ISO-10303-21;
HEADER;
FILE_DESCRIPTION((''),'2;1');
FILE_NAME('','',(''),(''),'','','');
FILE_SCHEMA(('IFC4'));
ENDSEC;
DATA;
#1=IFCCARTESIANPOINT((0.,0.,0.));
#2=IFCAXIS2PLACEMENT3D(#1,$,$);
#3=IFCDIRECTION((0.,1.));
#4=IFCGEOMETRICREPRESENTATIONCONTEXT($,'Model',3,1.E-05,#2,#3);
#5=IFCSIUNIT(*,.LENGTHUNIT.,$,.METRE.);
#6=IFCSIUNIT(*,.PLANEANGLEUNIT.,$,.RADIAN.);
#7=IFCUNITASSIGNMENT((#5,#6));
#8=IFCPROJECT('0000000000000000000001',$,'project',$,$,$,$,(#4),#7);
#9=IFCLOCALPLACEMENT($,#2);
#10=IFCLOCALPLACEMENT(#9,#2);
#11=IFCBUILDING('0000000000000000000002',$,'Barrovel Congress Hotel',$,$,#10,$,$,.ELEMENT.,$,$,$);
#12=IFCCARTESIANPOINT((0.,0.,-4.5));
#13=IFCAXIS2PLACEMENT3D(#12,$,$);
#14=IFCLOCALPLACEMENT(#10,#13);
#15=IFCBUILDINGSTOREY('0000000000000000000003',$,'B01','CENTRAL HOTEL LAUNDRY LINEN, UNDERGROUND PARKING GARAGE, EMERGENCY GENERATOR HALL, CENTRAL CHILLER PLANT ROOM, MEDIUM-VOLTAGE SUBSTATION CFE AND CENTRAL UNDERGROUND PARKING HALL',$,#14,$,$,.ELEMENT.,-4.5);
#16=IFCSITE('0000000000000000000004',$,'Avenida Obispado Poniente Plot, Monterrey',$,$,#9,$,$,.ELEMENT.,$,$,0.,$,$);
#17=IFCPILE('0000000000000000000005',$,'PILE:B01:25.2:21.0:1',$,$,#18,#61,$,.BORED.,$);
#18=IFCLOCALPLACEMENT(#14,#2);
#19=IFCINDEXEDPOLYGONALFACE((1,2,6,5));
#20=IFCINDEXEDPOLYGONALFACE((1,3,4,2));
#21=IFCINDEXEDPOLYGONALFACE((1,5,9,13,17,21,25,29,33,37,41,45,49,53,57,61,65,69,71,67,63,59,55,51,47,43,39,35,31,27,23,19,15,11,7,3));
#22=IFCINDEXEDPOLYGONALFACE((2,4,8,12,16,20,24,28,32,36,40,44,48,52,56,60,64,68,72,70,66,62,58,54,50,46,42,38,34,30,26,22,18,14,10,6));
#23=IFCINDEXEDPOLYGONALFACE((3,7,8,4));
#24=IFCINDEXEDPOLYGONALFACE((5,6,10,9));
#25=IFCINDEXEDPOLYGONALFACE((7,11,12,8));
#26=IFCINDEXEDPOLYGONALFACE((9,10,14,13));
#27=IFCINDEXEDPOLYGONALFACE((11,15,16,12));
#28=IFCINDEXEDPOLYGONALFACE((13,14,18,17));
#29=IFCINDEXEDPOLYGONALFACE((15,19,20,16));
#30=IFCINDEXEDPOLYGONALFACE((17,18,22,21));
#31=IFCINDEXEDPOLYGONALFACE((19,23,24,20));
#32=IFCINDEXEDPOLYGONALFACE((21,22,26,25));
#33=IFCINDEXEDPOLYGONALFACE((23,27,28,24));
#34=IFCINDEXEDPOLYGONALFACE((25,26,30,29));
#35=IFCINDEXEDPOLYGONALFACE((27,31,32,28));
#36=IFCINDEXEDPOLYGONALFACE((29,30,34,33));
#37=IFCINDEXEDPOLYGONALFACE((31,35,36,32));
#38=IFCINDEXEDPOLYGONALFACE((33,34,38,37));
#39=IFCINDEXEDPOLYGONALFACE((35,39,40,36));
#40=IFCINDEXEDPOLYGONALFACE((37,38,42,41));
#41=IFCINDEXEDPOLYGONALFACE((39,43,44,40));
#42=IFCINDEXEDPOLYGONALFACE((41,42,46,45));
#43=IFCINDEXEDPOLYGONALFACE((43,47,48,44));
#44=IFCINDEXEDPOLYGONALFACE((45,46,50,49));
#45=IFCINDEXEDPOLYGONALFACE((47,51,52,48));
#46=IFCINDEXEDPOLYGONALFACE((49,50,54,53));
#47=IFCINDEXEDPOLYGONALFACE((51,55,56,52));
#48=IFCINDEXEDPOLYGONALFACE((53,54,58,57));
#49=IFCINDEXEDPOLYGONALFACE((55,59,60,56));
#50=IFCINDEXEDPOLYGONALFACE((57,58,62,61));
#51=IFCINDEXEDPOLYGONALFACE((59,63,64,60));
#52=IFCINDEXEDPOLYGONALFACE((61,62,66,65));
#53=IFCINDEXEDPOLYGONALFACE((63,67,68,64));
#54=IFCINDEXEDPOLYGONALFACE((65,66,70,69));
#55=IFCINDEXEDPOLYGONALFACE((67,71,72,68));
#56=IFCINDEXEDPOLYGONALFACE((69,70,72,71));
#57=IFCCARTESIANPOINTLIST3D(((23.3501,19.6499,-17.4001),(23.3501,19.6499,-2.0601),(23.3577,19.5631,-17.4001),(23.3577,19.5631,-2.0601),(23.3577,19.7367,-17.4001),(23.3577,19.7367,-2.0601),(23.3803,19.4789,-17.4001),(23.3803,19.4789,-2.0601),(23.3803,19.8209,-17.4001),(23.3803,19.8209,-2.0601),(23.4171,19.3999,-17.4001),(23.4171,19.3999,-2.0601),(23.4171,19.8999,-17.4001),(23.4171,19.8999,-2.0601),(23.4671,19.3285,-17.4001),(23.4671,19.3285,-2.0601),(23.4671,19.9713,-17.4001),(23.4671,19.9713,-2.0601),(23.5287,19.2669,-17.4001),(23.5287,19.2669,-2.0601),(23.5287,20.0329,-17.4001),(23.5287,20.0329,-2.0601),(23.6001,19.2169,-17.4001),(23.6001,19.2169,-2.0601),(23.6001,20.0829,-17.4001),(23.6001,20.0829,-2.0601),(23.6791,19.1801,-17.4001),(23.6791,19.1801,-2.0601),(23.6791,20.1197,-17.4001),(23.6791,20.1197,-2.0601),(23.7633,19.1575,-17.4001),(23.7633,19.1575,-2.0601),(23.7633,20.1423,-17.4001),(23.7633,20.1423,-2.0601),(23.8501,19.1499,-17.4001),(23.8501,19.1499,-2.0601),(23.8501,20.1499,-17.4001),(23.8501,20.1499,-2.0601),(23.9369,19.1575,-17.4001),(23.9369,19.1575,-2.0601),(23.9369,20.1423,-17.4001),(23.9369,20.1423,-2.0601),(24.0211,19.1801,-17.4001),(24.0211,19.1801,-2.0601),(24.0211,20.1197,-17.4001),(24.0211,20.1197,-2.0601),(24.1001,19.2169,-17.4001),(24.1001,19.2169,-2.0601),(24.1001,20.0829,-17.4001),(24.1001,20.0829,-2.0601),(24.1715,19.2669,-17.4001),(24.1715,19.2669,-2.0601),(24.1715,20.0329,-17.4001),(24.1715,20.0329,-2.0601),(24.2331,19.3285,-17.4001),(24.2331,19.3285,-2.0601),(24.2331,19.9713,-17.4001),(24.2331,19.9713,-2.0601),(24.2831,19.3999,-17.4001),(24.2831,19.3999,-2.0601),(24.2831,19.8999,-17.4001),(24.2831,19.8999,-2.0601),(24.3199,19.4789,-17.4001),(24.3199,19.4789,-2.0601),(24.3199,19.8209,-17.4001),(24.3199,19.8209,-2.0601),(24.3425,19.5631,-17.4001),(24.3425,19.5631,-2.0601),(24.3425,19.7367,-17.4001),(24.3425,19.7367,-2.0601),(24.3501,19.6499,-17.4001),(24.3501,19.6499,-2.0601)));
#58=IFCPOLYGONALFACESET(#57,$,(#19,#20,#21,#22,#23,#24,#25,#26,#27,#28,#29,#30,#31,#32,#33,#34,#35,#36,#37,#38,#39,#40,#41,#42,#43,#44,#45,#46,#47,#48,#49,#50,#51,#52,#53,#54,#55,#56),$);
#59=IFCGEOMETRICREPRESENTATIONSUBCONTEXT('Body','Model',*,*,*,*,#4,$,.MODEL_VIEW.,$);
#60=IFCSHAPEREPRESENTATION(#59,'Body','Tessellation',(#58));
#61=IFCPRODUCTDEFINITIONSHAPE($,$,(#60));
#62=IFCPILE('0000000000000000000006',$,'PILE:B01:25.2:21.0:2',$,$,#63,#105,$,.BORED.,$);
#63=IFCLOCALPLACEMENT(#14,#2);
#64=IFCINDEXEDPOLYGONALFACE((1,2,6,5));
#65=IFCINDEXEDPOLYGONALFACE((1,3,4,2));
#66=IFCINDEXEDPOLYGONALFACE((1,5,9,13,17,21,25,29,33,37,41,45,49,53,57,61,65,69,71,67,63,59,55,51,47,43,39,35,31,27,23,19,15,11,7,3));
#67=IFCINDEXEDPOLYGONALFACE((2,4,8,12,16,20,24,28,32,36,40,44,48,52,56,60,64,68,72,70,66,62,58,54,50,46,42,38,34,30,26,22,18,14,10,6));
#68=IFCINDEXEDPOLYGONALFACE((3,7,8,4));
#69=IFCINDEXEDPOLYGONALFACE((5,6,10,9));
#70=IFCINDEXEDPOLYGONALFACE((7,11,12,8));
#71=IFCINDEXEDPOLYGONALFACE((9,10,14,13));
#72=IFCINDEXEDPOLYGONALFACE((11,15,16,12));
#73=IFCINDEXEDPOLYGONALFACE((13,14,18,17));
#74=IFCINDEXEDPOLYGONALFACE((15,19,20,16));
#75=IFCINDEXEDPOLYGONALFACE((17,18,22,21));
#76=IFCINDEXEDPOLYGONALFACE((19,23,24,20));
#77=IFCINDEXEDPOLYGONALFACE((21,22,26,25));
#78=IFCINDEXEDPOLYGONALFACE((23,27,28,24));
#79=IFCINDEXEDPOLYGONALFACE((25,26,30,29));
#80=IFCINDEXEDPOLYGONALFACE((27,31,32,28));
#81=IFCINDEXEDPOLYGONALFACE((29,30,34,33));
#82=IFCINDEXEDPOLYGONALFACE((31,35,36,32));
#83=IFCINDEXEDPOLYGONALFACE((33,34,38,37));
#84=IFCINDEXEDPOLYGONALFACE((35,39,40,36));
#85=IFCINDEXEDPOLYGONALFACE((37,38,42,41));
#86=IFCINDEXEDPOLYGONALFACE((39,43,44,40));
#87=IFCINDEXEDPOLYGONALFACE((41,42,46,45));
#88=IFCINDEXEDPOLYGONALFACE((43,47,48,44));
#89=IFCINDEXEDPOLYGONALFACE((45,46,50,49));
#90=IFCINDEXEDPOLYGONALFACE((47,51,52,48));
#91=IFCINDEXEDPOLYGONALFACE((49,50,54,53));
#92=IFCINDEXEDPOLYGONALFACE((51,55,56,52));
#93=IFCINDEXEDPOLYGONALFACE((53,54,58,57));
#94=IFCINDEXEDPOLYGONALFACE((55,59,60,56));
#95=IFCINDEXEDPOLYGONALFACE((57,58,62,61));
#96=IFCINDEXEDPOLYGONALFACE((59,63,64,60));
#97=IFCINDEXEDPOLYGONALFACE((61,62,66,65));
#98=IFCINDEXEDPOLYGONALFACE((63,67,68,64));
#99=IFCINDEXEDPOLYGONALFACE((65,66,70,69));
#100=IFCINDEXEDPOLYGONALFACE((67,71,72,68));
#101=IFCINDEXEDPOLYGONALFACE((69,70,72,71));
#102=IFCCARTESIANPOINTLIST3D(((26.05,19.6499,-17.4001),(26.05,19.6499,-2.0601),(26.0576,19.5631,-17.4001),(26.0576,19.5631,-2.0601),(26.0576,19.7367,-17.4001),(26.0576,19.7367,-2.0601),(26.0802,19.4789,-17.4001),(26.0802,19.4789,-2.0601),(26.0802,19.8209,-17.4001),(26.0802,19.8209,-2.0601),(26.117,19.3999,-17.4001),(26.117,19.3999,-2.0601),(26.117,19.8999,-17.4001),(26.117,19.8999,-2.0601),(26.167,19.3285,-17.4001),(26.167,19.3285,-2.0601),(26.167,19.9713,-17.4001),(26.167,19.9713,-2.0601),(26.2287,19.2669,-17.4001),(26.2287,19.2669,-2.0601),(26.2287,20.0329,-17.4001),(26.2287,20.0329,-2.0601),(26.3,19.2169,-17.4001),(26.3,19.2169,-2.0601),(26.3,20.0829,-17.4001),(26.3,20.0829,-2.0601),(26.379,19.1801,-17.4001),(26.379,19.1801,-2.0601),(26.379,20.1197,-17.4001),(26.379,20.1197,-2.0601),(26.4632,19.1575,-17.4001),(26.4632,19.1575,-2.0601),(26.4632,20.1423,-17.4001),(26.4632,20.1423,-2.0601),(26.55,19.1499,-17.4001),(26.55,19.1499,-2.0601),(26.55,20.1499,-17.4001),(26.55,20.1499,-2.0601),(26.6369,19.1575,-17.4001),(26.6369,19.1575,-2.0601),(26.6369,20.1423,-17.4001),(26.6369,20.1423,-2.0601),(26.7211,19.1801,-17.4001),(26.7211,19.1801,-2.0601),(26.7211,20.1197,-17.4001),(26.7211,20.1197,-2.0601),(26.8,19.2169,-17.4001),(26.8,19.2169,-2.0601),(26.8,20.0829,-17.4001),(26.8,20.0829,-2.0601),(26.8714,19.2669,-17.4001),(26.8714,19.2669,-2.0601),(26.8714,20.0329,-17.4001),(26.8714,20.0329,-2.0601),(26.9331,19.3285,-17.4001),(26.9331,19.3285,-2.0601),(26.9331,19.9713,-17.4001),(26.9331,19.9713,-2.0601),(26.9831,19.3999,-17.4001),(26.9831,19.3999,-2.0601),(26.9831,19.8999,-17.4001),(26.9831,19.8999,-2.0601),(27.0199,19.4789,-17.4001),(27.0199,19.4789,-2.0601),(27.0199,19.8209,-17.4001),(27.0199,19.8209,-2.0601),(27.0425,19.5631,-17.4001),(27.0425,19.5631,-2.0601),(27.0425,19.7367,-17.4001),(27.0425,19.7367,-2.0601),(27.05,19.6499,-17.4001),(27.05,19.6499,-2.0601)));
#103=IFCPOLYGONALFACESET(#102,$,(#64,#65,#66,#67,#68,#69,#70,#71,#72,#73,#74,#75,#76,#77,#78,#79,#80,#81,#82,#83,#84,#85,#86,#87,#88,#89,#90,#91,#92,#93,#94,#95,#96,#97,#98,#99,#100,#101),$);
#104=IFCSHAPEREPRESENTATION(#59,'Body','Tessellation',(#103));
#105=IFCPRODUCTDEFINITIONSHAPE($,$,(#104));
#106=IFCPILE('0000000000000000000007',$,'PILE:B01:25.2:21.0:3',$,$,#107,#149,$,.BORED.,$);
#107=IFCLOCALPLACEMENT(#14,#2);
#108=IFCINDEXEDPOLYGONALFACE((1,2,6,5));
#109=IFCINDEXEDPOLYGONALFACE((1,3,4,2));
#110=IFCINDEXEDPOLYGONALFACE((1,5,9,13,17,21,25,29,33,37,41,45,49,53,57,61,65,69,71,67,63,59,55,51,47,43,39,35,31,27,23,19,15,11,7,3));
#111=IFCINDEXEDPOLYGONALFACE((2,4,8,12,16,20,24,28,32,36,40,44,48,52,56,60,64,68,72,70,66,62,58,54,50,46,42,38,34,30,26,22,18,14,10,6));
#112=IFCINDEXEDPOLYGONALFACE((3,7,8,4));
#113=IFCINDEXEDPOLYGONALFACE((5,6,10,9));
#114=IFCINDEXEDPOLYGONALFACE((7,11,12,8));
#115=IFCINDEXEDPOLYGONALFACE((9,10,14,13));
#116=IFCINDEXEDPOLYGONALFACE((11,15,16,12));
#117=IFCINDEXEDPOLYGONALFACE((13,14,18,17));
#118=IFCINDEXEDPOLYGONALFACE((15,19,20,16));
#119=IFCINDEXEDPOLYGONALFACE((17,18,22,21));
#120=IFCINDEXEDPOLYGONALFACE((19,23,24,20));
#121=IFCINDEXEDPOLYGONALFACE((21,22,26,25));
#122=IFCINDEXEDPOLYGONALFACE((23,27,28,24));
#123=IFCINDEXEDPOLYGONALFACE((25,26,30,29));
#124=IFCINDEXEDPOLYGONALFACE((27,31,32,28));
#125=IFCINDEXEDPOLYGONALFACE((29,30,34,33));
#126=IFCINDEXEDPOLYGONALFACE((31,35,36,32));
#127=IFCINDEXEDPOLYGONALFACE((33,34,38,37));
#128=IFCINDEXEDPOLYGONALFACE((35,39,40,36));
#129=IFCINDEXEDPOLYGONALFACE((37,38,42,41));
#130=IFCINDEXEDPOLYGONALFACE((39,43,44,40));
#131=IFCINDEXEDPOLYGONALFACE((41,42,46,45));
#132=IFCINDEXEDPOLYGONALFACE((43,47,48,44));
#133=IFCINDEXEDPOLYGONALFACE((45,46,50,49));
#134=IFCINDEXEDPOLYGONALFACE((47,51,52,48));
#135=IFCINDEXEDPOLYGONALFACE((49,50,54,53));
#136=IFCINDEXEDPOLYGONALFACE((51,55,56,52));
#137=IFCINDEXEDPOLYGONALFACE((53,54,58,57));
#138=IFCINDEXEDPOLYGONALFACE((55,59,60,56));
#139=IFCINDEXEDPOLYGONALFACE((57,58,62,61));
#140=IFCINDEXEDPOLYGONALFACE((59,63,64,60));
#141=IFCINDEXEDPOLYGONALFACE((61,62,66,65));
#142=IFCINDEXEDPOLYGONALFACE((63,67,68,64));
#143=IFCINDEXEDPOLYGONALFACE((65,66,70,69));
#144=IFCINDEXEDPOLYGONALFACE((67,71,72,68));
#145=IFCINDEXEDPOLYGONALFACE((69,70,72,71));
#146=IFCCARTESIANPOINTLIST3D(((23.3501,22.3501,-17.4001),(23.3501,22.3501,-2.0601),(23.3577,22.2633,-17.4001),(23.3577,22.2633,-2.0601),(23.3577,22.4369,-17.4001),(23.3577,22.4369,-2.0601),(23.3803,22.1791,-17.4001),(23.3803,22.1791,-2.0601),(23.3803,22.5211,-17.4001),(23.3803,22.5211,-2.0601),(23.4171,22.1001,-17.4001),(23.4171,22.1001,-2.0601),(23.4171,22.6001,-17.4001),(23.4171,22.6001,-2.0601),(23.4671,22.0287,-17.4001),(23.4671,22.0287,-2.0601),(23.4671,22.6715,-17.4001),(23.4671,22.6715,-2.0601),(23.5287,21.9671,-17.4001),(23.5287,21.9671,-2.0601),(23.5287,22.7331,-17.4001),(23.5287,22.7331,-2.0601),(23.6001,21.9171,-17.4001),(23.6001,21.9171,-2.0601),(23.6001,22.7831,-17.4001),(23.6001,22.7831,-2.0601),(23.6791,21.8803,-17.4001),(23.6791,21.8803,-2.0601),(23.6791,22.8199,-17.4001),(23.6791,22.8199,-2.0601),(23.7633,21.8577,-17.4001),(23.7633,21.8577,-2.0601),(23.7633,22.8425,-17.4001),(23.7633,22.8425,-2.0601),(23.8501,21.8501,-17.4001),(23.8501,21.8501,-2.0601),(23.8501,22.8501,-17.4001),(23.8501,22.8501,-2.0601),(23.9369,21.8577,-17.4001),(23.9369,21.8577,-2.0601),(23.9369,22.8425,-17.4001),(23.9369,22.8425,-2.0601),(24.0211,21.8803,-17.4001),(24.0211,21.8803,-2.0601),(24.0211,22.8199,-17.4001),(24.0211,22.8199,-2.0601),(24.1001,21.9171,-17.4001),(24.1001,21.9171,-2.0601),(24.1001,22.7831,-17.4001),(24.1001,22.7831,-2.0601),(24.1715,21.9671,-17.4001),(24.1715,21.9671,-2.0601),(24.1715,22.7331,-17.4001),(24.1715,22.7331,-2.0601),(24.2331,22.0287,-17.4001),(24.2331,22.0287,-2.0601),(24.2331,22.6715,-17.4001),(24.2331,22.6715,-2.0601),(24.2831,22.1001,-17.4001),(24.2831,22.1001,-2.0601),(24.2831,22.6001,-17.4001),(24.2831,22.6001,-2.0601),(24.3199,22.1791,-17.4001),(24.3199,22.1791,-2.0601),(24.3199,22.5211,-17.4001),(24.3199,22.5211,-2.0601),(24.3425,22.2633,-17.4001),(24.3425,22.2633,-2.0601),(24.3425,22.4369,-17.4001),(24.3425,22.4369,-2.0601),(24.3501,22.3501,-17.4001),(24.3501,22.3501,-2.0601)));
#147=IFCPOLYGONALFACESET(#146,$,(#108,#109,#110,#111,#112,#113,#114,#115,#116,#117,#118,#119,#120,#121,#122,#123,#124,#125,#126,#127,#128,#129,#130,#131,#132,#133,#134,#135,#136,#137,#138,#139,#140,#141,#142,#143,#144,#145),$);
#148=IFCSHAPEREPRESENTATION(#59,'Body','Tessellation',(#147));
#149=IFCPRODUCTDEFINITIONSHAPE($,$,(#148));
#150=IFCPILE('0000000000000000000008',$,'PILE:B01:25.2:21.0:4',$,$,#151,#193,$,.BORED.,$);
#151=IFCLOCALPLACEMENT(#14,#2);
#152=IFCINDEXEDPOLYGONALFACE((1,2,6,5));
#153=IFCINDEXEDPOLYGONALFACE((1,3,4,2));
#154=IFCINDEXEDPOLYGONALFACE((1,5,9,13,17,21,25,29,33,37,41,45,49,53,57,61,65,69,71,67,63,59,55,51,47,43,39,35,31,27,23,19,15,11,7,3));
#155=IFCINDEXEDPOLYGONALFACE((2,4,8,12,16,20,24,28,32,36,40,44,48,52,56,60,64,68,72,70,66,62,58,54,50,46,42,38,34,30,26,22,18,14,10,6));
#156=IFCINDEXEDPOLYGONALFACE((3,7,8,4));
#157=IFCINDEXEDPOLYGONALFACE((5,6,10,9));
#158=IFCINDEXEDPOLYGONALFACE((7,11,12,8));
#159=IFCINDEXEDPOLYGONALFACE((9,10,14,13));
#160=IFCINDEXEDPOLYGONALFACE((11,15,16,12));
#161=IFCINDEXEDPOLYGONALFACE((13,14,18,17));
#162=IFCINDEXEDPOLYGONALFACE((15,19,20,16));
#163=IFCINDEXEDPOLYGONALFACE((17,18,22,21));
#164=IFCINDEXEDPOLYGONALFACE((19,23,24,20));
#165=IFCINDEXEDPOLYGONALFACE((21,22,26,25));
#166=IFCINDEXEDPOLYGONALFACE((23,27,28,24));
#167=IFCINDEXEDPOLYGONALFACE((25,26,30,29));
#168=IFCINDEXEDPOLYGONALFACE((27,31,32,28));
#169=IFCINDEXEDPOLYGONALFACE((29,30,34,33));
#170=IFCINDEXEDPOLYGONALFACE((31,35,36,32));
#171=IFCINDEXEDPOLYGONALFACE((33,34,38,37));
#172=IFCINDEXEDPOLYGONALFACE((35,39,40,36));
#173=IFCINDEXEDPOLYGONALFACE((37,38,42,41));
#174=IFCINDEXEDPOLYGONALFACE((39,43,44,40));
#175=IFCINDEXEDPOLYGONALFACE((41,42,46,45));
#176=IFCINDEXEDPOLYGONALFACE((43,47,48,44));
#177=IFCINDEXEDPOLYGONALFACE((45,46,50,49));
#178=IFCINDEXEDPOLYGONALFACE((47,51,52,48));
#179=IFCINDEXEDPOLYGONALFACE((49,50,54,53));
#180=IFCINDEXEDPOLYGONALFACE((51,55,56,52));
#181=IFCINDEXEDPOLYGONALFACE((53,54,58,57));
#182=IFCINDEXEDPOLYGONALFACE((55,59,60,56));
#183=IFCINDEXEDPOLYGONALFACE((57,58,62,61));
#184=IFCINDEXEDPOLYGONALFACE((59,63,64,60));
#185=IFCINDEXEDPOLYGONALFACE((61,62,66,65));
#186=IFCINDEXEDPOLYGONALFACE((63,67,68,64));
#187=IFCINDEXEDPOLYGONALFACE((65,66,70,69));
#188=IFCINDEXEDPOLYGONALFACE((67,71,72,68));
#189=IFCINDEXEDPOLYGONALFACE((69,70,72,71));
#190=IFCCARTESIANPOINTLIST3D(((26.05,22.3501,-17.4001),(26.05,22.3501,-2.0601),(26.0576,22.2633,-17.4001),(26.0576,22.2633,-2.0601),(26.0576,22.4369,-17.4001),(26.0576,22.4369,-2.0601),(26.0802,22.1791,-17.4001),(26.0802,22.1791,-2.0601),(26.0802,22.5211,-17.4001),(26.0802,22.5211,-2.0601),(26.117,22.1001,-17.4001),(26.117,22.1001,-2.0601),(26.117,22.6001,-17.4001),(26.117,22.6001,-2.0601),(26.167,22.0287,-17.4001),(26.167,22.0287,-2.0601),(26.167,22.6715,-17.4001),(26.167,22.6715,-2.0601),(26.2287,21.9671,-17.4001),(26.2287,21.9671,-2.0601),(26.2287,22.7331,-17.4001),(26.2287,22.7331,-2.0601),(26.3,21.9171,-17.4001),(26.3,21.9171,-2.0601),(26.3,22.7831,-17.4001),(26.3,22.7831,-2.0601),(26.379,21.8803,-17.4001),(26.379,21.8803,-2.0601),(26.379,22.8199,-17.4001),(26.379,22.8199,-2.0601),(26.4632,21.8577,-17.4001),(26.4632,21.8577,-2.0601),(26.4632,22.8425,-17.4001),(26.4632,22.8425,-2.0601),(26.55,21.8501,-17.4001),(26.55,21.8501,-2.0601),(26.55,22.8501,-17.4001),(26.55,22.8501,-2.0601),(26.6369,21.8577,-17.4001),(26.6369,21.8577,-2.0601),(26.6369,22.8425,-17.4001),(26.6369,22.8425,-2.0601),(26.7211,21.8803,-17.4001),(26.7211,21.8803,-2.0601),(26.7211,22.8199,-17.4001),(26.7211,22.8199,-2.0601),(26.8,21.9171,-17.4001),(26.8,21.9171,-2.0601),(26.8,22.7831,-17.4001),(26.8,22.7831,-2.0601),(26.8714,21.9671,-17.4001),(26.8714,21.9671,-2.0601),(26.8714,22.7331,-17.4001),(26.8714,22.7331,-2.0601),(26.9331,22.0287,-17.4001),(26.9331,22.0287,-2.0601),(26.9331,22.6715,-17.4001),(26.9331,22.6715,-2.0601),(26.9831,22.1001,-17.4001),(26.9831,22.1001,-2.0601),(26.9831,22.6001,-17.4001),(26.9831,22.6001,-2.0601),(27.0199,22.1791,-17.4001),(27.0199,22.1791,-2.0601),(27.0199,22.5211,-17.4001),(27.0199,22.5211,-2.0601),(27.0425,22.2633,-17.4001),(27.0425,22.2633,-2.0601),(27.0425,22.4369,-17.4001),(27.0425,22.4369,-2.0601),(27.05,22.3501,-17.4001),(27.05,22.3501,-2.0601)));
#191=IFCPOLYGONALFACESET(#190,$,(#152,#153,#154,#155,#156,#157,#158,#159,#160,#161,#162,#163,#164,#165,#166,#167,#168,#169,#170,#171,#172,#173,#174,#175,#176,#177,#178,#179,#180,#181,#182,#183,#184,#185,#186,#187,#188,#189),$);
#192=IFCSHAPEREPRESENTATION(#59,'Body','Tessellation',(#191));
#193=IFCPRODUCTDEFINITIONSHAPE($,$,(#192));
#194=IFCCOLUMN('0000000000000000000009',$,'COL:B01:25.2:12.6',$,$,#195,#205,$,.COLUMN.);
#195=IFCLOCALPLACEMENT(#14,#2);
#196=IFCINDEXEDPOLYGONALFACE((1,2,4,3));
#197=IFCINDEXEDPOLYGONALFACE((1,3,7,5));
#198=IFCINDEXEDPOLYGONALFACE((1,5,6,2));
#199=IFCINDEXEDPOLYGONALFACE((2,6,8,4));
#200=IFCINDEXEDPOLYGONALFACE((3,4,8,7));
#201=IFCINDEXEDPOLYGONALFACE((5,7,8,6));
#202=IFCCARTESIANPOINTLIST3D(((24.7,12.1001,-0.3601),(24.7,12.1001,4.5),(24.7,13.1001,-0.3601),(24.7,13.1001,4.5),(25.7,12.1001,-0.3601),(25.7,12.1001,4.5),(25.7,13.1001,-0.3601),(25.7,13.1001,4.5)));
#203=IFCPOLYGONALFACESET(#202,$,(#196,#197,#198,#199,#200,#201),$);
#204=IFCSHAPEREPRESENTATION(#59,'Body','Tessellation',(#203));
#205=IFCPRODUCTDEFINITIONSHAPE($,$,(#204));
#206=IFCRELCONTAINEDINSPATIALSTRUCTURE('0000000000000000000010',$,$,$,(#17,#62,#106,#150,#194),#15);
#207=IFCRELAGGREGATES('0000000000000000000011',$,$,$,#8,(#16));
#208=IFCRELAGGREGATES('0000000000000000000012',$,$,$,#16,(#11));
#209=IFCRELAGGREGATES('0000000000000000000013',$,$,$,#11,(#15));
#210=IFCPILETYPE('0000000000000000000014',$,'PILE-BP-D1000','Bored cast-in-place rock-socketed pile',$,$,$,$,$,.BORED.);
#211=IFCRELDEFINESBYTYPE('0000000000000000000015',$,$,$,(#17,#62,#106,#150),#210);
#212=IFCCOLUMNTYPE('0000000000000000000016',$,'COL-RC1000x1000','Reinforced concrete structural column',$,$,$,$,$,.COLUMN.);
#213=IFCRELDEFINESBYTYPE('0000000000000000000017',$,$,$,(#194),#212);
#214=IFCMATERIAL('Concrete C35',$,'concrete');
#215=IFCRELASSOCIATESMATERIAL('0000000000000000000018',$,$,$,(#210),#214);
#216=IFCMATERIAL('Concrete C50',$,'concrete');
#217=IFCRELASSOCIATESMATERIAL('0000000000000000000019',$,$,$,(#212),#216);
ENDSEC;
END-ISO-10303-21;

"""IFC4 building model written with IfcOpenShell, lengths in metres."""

from ifc_helpers import new_model, si_unit, direction, frame, origin, origin_2d, place, context, subcontext, project, spatial, rectangle, circle, extrude, material, material_profile, profile_set, type_object, element, save


model = new_model("IFC4")

# Units and contexts
model_context = context("Model", 3, precision=1e-05, world=origin(), true_north=direction((0.0, 1.0)))
body_context = subcontext(model_context, "Body", "Model", "MODEL_VIEW")
ifc_project = project(units=[si_unit("LENGTHUNIT", "METRE"), si_unit("PLANEANGLEUNIT", "RADIAN")], contexts=[model_context])

# Site, building, storey
site_placement = place(None, origin())
site = spatial("IfcSite", under=ifc_project, at=site_placement, Name="Avenida Obispado Poniente Plot, Monterrey", CompositionType="ELEMENT", RefElevation=0.0)
building_placement = place(site_placement, origin())
building = spatial("IfcBuilding", under=site, at=building_placement, Name="Barrovel Congress Hotel", CompositionType="ELEMENT")
storey_placement = place(building_placement, frame((0.0, 0.0, -4.5)))
storey = spatial("IfcBuildingStorey", under=building, at=storey_placement, Name="B01", Description="CENTRAL HOTEL LAUNDRY LINEN, UNDERGROUND PARKING GARAGE, EMERGENCY GENERATOR HALL, CENTRAL CHILLER PLANT ROOM, MEDIUM-VOLTAGE SUBSTATION CFE AND CENTRAL UNDERGROUND PARKING HALL", CompositionType="ELEMENT", Elevation=-4.5)

# Piles
ifc_material_1 = material(Name="Concrete C35", Category="concrete")
ifc_material_profile_1 = material_profile(ifc_material_1, circle(Radius=0.5, at=origin_2d()), Name="BP-D1000")
ifc_profile_set_1 = profile_set([ifc_material_profile_1], Name="Concrete C35")
pile_type = type_object("IfcPileType", Name="PILE-BP-D1000", Description="Bored cast-in-place rock-socketed pile", PredefinedType="BORED", material=ifc_profile_set_1)
for number, where, z_axis, x_axis, name in (
    (1, (23.8501, 19.6499, -2.0601), (0.0, 0.0, -1.0), (1.0, 0.0, 0.0), "PILE:B01:25.2:21.0:1"),
    (2, (26.55, 19.6499, -2.0601), (0.0, 0.0, -1.0), (1.0, 0.0, 0.0), "PILE:B01:25.2:21.0:2"),
    (3, (23.8501, 22.3501, -2.0601), (0.0, 0.0, -1.0), (1.0, 0.0, 0.0), "PILE:B01:25.2:21.0:3"),
    (4, (26.55, 22.3501, -2.0601), (0.0, 0.0, -1.0), (1.0, 0.0, 0.0), "PILE:B01:25.2:21.0:4"),
):
    element("IfcPile", number, at=place(storey_placement, frame(where, z_axis=z_axis, x_axis=x_axis)), inside=storey, type_object=pile_type, Name=name, PredefinedType="BORED", context=body_context, shape_type="SweptSolid", body=[
        extrude(circle(Radius=0.5, at=origin_2d()), origin(), (0.0, 0.0, 1.0), 15.3401),
    ])

# Column
ifc_material_2 = material(Name="Concrete C50", Category="concrete")
ifc_material_profile_2 = material_profile(ifc_material_2, rectangle(XDim=1.0, YDim=1.0, at=origin_2d()), Name="RC1000x1000")
ifc_profile_set_2 = profile_set([ifc_material_profile_2], Name="Concrete C50")
column_type = type_object("IfcColumnType", Name="COL-RC1000x1000", Description="Reinforced concrete structural column", PredefinedType="COLUMN", material=ifc_profile_set_2)
for number, where, z_axis, x_axis, name in (
    (5, (25.2, 12.6001, -0.3601), (0.0, 0.0, 1.0), (1.0, 0.0, 0.0), "COL:B01:25.2:12.6"),
):
    element("IfcColumn", number, at=place(storey_placement, frame(where, z_axis=z_axis, x_axis=x_axis)), inside=storey, type_object=column_type, Name=name, PredefinedType="COLUMN", context=body_context, shape_type="SweptSolid", body=[
        extrude(rectangle(XDim=1.0, YDim=1.0, at=origin_2d()), origin(), (0.0, 0.0, 1.0), 4.8601),
    ])

save(model, "model.ifc")
